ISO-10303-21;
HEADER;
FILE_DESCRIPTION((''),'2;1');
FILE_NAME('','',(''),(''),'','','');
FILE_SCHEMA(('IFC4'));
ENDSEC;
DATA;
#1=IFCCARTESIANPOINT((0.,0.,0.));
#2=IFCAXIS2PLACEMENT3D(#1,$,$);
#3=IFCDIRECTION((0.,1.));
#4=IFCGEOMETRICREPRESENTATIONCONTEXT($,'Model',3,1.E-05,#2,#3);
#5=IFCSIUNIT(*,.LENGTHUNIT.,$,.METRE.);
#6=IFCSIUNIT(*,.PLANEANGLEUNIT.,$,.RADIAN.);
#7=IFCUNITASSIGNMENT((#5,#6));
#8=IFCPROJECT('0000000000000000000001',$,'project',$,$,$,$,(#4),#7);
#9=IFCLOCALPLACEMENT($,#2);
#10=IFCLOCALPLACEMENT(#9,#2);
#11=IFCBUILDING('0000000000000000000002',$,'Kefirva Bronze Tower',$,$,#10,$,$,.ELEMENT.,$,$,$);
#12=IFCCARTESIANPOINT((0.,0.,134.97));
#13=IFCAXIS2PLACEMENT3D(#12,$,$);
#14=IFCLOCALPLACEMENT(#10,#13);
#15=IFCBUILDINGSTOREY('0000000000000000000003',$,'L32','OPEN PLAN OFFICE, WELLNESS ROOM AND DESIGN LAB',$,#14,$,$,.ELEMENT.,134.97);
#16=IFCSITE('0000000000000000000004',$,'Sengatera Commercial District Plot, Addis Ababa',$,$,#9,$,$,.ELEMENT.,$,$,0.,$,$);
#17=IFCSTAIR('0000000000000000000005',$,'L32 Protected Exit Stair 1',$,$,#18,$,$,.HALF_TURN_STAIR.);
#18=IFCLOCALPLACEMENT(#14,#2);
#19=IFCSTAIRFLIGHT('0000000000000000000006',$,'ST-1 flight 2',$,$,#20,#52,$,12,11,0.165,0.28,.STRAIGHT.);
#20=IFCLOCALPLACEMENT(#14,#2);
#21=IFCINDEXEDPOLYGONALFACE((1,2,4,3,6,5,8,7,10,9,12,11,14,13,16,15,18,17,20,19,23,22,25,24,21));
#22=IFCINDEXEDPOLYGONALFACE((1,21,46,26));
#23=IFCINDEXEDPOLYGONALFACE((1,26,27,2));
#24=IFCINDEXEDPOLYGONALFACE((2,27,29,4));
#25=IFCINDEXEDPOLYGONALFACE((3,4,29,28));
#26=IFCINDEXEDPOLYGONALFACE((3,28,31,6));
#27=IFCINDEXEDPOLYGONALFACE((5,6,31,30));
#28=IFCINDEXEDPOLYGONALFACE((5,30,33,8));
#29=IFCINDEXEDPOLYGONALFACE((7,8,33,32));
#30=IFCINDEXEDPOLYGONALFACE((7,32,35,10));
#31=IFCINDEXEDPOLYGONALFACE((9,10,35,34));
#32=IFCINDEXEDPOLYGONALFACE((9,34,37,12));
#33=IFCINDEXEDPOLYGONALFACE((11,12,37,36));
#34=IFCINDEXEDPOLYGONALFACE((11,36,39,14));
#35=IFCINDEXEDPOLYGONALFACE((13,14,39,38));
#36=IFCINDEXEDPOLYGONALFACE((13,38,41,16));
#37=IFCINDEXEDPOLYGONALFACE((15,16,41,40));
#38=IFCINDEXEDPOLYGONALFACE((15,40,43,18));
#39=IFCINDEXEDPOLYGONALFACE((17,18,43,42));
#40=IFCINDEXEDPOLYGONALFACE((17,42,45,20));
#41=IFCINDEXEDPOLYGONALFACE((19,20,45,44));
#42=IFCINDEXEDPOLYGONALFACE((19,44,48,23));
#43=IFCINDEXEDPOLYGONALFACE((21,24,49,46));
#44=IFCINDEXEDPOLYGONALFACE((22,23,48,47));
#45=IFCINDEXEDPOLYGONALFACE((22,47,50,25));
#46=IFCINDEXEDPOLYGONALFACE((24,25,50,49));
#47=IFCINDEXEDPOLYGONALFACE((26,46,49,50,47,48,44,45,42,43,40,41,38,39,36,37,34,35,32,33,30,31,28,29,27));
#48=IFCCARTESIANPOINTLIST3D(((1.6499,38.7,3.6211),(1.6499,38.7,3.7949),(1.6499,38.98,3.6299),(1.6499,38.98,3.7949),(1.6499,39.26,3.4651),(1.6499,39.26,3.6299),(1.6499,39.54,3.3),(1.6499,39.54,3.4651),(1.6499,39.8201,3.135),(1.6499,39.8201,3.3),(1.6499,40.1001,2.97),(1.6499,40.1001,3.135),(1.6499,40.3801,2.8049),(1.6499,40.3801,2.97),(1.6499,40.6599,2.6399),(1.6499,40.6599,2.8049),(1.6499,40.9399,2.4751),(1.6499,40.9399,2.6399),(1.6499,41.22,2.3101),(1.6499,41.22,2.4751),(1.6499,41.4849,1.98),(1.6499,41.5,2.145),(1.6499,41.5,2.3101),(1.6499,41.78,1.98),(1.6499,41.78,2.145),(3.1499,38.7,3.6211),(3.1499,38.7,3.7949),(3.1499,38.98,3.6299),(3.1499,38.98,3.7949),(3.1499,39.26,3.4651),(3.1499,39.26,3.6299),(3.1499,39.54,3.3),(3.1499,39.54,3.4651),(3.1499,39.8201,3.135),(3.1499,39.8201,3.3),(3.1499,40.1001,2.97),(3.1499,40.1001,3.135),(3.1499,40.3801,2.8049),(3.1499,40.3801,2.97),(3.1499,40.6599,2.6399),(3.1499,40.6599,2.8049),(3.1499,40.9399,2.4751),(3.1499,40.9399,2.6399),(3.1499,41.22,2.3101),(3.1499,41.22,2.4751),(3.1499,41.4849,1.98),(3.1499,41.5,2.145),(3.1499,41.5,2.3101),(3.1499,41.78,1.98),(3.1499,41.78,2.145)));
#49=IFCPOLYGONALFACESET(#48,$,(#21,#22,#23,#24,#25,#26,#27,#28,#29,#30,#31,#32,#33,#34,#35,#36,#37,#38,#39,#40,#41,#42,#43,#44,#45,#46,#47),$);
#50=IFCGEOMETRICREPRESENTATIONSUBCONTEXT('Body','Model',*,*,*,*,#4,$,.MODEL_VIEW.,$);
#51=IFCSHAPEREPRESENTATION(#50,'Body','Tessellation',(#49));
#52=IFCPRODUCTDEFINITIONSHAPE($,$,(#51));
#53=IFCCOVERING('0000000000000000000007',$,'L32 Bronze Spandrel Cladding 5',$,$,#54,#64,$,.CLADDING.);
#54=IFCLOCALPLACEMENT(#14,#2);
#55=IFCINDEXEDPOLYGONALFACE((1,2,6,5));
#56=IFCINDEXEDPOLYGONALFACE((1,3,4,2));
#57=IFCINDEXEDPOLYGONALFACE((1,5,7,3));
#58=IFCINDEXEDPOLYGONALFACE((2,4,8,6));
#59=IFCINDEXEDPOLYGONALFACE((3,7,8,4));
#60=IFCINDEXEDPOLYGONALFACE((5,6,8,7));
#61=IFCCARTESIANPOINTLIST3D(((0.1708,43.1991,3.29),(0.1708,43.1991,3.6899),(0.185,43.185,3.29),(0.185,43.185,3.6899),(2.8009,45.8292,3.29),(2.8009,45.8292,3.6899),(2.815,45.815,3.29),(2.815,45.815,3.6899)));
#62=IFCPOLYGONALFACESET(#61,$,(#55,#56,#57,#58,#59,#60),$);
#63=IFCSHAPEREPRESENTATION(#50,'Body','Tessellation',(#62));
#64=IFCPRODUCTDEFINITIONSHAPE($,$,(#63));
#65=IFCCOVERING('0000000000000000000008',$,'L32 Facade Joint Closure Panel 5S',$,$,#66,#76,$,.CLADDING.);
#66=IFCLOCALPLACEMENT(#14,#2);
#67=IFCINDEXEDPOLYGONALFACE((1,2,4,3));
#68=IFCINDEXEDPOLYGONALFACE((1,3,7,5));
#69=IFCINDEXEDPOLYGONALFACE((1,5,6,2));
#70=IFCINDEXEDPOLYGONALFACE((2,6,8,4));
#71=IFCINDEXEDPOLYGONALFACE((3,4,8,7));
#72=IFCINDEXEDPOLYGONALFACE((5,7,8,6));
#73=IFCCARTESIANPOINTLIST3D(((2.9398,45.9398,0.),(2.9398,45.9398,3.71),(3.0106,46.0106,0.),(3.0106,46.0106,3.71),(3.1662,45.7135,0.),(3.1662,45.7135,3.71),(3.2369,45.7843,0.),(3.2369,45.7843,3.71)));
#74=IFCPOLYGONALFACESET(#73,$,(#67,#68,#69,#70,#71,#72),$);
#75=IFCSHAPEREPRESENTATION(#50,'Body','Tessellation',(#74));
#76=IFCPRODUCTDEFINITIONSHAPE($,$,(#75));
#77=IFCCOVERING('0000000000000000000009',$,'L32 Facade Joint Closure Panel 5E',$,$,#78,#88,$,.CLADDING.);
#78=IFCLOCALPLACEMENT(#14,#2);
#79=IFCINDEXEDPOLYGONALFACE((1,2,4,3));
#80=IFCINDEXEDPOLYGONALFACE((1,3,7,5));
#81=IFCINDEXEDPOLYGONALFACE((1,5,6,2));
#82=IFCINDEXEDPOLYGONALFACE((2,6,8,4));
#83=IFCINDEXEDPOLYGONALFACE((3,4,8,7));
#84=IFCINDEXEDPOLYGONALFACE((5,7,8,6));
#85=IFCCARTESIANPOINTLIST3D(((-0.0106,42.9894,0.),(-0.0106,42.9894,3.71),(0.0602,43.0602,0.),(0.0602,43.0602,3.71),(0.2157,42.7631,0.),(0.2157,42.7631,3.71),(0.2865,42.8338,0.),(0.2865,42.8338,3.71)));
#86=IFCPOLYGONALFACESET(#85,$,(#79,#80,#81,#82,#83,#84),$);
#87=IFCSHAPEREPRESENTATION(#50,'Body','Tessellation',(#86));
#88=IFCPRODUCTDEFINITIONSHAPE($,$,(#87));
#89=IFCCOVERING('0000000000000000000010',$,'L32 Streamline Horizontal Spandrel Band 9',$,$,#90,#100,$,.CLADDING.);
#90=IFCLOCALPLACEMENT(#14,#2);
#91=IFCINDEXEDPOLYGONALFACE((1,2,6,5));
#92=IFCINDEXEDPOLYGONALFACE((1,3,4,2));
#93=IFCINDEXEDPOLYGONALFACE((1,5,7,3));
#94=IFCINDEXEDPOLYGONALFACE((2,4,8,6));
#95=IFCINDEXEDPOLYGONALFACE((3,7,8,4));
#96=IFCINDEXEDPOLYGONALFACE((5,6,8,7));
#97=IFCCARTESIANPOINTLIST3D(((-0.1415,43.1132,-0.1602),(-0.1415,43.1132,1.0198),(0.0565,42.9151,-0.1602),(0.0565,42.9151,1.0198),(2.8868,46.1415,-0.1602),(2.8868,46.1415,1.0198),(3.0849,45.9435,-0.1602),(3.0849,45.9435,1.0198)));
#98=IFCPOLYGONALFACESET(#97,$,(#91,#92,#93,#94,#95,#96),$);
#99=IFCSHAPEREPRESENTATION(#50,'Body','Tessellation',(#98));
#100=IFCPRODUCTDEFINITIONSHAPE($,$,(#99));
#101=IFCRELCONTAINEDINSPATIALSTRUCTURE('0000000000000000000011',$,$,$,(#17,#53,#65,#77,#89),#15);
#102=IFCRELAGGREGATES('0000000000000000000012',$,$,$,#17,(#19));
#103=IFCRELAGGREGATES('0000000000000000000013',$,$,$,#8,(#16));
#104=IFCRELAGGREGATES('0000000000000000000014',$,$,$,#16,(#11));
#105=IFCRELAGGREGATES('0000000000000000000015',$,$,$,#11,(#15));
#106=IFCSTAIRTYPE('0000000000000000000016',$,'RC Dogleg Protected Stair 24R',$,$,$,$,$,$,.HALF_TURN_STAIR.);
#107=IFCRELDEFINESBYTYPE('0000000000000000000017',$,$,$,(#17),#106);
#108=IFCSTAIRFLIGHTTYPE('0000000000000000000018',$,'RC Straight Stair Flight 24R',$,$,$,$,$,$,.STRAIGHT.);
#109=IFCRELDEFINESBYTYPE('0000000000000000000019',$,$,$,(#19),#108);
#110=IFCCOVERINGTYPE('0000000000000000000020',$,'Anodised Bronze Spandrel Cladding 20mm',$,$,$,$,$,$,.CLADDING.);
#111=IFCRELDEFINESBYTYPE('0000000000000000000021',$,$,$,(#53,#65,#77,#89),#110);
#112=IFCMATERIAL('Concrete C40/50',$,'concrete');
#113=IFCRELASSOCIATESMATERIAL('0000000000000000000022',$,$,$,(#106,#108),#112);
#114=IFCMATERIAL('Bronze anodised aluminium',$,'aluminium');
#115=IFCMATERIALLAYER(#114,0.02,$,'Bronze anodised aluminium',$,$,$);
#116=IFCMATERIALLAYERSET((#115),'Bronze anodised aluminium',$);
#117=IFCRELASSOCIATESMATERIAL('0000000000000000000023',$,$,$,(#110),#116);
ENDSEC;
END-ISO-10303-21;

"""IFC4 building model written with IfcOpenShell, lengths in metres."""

from ifc_helpers import new_model, si_unit, direction, frame, origin, origin_2d, place, context, subcontext, project, spatial, polyline, rectangle, outline, extrude, material, layer, layer_set, type_object, element, aggregate, save


model = new_model("IFC4")

# Units and contexts
model_context = context("Model", 3, precision=1e-05, world=origin(), true_north=direction((0.0, 1.0)))
body_context = subcontext(model_context, "Body", "Model", "MODEL_VIEW")
ifc_project = project(units=[si_unit("LENGTHUNIT", "METRE"), si_unit("PLANEANGLEUNIT", "RADIAN")], contexts=[model_context])

# Site, building, storey
site_placement = place(None, origin())
site = spatial("IfcSite", under=ifc_project, at=site_placement, Name="Sengatera Commercial District Plot, Addis Ababa", CompositionType="ELEMENT", RefElevation=0.0)
building_placement = place(site_placement, origin())
building = spatial("IfcBuilding", under=site, at=building_placement, Name="Kefirva Bronze Tower", CompositionType="ELEMENT")
storey_placement = place(building_placement, frame((0.0, 0.0, 134.97)))
storey = spatial("IfcBuildingStorey", under=building, at=storey_placement, Name="L32", Description="OPEN PLAN OFFICE, WELLNESS ROOM AND DESIGN LAB", CompositionType="ELEMENT", Elevation=134.97)

# Shared definitions
ifc_material_1 = material(Name="Bronze anodised aluminium", Category="aluminium")

# Stair, stair flight
ifc_material_2 = material(Name="Concrete C40/50", Category="concrete")
stair_type = type_object("IfcStairType", Name="RC Dogleg Protected Stair 24R", PredefinedType="HALF_TURN_STAIR", material=ifc_material_2)
stair_placement = place(storey_placement, origin())
stair = element("IfcStair", 1, at=stair_placement, inside=storey, type_object=stair_type, Name="L32 Protected Exit Stair 1", PredefinedType="HALF_TURN_STAIR")
stair_flight_type = type_object("IfcStairFlightType", Name="RC Straight Stair Flight 24R", PredefinedType="STRAIGHT", material=ifc_material_2)
stair_flight_1_placement = place(storey_placement, frame((2.3999, 41.78, 1.98), z_axis=(0.0, 0.0, 1.0), x_axis=(0.0, -1.0, 0.0)))
stair_flight_1 = element("IfcStairFlight", 2, at=stair_flight_1_placement, type_object=stair_flight_type, Name="ST-1 flight 2", NumberOfRisers=12, NumberOfTreads=11, PredefinedType="STRAIGHT", RiserHeight=0.165, TreadLength=0.28, context=body_context, shape_type="SweptSolid", body=[
    extrude(outline(polyline([(0.0, 0.0), (0.0, 0.165), (0.28, 0.165), (0.28, 0.3301), (0.5601, 0.3301), (0.5601, 0.4951), (0.8401, 0.4951), (0.8401, 0.6599), (1.1201, 0.6599), (1.1201, 0.825), (1.3999, 0.825), (1.3999, 0.99), (1.6799, 0.99), (1.6799, 1.155), (1.96, 1.155), (1.96, 1.3201), (2.24, 1.3201), (2.24, 1.4851), (2.52, 1.4851), (2.52, 1.6499), (2.8, 1.6499), (2.8, 1.8149), (3.0801, 1.8149), (3.0801, 1.98), (3.0801, 1.6411), (0.2952, 0.0), (0.0, 0.0)])), frame((0.0, 0.75, 0.0), z_axis=(0.0, -1.0, 0.0), x_axis=(1.0, 0.0, 0.0)), (0.0, 0.0, 1.0), 1.5),
])
aggregate(stair, [stair_flight_1])

# Coverings
ifc_layer_1 = layer(ifc_material_1, 0.02, Name="Bronze anodised aluminium")
ifc_layer_set_1 = layer_set([ifc_layer_1], Name="Bronze anodised aluminium")
covering_type_1 = type_object("IfcCoveringType", Name="Anodised Bronze Spandrel Cladding 20mm", PredefinedType="CLADDING", material=ifc_layer_set_1)
covering_1_placement = place(storey_placement, frame((1.4929, 44.5071, 3.29), z_axis=(0.0, 0.0, 1.0), x_axis=(-0.707107, -0.707107, 0.0)))
element("IfcCovering", 3, at=covering_1_placement, inside=storey, type_object=covering_type_1, Name="L32 Bronze Spandrel Cladding 5", PredefinedType="CLADDING", context=body_context, shape_type="SweptSolid", body=[
    extrude(rectangle(XDim=3.7195, YDim=0.02, at=origin_2d()), origin(), (0.0, 0.0, 1.0), 0.3999),
])
for number, where, z_axis, x_axis, name in (
    (4, (3.0884, 45.8621, 0.0), (0.0, 0.0, 1.0), (-0.707107, -0.707107, 0.0), "L32 Facade Joint Closure Panel 5S"),
    (5, (0.1379, 42.9116, 0.0), (0.0, 0.0, 1.0), (-0.707107, -0.707107, 0.0), "L32 Facade Joint Closure Panel 5E"),
):
    element("IfcCovering", number, at=place(storey_placement, frame(where, z_axis=z_axis, x_axis=x_axis)), inside=storey, type_object=covering_type_1, Name=name, PredefinedType="CLADDING", context=body_context, shape_type="SweptSolid", body=[
        extrude(rectangle(XDim=0.1001, YDim=0.3201, at=origin_2d()), origin(), (0.0, 0.0, 1.0), 3.71),
    ])
covering_2_placement = place(storey_placement, frame((1.4717, 44.5283, -0.1602), z_axis=(0.0, 0.0, 1.0), x_axis=(-0.707107, -0.707107, 0.0)))
element("IfcCovering", 6, at=covering_2_placement, inside=storey, type_object=covering_type_1, Name="L32 Streamline Horizontal Spandrel Band 9", PredefinedType="CLADDING", context=body_context, shape_type="SweptSolid", body=[
    extrude(rectangle(XDim=4.2827, YDim=0.28, at=origin_2d()), origin(), (0.0, 0.0, 1.0), 1.1799),
])

save(model, "model.ifc")
